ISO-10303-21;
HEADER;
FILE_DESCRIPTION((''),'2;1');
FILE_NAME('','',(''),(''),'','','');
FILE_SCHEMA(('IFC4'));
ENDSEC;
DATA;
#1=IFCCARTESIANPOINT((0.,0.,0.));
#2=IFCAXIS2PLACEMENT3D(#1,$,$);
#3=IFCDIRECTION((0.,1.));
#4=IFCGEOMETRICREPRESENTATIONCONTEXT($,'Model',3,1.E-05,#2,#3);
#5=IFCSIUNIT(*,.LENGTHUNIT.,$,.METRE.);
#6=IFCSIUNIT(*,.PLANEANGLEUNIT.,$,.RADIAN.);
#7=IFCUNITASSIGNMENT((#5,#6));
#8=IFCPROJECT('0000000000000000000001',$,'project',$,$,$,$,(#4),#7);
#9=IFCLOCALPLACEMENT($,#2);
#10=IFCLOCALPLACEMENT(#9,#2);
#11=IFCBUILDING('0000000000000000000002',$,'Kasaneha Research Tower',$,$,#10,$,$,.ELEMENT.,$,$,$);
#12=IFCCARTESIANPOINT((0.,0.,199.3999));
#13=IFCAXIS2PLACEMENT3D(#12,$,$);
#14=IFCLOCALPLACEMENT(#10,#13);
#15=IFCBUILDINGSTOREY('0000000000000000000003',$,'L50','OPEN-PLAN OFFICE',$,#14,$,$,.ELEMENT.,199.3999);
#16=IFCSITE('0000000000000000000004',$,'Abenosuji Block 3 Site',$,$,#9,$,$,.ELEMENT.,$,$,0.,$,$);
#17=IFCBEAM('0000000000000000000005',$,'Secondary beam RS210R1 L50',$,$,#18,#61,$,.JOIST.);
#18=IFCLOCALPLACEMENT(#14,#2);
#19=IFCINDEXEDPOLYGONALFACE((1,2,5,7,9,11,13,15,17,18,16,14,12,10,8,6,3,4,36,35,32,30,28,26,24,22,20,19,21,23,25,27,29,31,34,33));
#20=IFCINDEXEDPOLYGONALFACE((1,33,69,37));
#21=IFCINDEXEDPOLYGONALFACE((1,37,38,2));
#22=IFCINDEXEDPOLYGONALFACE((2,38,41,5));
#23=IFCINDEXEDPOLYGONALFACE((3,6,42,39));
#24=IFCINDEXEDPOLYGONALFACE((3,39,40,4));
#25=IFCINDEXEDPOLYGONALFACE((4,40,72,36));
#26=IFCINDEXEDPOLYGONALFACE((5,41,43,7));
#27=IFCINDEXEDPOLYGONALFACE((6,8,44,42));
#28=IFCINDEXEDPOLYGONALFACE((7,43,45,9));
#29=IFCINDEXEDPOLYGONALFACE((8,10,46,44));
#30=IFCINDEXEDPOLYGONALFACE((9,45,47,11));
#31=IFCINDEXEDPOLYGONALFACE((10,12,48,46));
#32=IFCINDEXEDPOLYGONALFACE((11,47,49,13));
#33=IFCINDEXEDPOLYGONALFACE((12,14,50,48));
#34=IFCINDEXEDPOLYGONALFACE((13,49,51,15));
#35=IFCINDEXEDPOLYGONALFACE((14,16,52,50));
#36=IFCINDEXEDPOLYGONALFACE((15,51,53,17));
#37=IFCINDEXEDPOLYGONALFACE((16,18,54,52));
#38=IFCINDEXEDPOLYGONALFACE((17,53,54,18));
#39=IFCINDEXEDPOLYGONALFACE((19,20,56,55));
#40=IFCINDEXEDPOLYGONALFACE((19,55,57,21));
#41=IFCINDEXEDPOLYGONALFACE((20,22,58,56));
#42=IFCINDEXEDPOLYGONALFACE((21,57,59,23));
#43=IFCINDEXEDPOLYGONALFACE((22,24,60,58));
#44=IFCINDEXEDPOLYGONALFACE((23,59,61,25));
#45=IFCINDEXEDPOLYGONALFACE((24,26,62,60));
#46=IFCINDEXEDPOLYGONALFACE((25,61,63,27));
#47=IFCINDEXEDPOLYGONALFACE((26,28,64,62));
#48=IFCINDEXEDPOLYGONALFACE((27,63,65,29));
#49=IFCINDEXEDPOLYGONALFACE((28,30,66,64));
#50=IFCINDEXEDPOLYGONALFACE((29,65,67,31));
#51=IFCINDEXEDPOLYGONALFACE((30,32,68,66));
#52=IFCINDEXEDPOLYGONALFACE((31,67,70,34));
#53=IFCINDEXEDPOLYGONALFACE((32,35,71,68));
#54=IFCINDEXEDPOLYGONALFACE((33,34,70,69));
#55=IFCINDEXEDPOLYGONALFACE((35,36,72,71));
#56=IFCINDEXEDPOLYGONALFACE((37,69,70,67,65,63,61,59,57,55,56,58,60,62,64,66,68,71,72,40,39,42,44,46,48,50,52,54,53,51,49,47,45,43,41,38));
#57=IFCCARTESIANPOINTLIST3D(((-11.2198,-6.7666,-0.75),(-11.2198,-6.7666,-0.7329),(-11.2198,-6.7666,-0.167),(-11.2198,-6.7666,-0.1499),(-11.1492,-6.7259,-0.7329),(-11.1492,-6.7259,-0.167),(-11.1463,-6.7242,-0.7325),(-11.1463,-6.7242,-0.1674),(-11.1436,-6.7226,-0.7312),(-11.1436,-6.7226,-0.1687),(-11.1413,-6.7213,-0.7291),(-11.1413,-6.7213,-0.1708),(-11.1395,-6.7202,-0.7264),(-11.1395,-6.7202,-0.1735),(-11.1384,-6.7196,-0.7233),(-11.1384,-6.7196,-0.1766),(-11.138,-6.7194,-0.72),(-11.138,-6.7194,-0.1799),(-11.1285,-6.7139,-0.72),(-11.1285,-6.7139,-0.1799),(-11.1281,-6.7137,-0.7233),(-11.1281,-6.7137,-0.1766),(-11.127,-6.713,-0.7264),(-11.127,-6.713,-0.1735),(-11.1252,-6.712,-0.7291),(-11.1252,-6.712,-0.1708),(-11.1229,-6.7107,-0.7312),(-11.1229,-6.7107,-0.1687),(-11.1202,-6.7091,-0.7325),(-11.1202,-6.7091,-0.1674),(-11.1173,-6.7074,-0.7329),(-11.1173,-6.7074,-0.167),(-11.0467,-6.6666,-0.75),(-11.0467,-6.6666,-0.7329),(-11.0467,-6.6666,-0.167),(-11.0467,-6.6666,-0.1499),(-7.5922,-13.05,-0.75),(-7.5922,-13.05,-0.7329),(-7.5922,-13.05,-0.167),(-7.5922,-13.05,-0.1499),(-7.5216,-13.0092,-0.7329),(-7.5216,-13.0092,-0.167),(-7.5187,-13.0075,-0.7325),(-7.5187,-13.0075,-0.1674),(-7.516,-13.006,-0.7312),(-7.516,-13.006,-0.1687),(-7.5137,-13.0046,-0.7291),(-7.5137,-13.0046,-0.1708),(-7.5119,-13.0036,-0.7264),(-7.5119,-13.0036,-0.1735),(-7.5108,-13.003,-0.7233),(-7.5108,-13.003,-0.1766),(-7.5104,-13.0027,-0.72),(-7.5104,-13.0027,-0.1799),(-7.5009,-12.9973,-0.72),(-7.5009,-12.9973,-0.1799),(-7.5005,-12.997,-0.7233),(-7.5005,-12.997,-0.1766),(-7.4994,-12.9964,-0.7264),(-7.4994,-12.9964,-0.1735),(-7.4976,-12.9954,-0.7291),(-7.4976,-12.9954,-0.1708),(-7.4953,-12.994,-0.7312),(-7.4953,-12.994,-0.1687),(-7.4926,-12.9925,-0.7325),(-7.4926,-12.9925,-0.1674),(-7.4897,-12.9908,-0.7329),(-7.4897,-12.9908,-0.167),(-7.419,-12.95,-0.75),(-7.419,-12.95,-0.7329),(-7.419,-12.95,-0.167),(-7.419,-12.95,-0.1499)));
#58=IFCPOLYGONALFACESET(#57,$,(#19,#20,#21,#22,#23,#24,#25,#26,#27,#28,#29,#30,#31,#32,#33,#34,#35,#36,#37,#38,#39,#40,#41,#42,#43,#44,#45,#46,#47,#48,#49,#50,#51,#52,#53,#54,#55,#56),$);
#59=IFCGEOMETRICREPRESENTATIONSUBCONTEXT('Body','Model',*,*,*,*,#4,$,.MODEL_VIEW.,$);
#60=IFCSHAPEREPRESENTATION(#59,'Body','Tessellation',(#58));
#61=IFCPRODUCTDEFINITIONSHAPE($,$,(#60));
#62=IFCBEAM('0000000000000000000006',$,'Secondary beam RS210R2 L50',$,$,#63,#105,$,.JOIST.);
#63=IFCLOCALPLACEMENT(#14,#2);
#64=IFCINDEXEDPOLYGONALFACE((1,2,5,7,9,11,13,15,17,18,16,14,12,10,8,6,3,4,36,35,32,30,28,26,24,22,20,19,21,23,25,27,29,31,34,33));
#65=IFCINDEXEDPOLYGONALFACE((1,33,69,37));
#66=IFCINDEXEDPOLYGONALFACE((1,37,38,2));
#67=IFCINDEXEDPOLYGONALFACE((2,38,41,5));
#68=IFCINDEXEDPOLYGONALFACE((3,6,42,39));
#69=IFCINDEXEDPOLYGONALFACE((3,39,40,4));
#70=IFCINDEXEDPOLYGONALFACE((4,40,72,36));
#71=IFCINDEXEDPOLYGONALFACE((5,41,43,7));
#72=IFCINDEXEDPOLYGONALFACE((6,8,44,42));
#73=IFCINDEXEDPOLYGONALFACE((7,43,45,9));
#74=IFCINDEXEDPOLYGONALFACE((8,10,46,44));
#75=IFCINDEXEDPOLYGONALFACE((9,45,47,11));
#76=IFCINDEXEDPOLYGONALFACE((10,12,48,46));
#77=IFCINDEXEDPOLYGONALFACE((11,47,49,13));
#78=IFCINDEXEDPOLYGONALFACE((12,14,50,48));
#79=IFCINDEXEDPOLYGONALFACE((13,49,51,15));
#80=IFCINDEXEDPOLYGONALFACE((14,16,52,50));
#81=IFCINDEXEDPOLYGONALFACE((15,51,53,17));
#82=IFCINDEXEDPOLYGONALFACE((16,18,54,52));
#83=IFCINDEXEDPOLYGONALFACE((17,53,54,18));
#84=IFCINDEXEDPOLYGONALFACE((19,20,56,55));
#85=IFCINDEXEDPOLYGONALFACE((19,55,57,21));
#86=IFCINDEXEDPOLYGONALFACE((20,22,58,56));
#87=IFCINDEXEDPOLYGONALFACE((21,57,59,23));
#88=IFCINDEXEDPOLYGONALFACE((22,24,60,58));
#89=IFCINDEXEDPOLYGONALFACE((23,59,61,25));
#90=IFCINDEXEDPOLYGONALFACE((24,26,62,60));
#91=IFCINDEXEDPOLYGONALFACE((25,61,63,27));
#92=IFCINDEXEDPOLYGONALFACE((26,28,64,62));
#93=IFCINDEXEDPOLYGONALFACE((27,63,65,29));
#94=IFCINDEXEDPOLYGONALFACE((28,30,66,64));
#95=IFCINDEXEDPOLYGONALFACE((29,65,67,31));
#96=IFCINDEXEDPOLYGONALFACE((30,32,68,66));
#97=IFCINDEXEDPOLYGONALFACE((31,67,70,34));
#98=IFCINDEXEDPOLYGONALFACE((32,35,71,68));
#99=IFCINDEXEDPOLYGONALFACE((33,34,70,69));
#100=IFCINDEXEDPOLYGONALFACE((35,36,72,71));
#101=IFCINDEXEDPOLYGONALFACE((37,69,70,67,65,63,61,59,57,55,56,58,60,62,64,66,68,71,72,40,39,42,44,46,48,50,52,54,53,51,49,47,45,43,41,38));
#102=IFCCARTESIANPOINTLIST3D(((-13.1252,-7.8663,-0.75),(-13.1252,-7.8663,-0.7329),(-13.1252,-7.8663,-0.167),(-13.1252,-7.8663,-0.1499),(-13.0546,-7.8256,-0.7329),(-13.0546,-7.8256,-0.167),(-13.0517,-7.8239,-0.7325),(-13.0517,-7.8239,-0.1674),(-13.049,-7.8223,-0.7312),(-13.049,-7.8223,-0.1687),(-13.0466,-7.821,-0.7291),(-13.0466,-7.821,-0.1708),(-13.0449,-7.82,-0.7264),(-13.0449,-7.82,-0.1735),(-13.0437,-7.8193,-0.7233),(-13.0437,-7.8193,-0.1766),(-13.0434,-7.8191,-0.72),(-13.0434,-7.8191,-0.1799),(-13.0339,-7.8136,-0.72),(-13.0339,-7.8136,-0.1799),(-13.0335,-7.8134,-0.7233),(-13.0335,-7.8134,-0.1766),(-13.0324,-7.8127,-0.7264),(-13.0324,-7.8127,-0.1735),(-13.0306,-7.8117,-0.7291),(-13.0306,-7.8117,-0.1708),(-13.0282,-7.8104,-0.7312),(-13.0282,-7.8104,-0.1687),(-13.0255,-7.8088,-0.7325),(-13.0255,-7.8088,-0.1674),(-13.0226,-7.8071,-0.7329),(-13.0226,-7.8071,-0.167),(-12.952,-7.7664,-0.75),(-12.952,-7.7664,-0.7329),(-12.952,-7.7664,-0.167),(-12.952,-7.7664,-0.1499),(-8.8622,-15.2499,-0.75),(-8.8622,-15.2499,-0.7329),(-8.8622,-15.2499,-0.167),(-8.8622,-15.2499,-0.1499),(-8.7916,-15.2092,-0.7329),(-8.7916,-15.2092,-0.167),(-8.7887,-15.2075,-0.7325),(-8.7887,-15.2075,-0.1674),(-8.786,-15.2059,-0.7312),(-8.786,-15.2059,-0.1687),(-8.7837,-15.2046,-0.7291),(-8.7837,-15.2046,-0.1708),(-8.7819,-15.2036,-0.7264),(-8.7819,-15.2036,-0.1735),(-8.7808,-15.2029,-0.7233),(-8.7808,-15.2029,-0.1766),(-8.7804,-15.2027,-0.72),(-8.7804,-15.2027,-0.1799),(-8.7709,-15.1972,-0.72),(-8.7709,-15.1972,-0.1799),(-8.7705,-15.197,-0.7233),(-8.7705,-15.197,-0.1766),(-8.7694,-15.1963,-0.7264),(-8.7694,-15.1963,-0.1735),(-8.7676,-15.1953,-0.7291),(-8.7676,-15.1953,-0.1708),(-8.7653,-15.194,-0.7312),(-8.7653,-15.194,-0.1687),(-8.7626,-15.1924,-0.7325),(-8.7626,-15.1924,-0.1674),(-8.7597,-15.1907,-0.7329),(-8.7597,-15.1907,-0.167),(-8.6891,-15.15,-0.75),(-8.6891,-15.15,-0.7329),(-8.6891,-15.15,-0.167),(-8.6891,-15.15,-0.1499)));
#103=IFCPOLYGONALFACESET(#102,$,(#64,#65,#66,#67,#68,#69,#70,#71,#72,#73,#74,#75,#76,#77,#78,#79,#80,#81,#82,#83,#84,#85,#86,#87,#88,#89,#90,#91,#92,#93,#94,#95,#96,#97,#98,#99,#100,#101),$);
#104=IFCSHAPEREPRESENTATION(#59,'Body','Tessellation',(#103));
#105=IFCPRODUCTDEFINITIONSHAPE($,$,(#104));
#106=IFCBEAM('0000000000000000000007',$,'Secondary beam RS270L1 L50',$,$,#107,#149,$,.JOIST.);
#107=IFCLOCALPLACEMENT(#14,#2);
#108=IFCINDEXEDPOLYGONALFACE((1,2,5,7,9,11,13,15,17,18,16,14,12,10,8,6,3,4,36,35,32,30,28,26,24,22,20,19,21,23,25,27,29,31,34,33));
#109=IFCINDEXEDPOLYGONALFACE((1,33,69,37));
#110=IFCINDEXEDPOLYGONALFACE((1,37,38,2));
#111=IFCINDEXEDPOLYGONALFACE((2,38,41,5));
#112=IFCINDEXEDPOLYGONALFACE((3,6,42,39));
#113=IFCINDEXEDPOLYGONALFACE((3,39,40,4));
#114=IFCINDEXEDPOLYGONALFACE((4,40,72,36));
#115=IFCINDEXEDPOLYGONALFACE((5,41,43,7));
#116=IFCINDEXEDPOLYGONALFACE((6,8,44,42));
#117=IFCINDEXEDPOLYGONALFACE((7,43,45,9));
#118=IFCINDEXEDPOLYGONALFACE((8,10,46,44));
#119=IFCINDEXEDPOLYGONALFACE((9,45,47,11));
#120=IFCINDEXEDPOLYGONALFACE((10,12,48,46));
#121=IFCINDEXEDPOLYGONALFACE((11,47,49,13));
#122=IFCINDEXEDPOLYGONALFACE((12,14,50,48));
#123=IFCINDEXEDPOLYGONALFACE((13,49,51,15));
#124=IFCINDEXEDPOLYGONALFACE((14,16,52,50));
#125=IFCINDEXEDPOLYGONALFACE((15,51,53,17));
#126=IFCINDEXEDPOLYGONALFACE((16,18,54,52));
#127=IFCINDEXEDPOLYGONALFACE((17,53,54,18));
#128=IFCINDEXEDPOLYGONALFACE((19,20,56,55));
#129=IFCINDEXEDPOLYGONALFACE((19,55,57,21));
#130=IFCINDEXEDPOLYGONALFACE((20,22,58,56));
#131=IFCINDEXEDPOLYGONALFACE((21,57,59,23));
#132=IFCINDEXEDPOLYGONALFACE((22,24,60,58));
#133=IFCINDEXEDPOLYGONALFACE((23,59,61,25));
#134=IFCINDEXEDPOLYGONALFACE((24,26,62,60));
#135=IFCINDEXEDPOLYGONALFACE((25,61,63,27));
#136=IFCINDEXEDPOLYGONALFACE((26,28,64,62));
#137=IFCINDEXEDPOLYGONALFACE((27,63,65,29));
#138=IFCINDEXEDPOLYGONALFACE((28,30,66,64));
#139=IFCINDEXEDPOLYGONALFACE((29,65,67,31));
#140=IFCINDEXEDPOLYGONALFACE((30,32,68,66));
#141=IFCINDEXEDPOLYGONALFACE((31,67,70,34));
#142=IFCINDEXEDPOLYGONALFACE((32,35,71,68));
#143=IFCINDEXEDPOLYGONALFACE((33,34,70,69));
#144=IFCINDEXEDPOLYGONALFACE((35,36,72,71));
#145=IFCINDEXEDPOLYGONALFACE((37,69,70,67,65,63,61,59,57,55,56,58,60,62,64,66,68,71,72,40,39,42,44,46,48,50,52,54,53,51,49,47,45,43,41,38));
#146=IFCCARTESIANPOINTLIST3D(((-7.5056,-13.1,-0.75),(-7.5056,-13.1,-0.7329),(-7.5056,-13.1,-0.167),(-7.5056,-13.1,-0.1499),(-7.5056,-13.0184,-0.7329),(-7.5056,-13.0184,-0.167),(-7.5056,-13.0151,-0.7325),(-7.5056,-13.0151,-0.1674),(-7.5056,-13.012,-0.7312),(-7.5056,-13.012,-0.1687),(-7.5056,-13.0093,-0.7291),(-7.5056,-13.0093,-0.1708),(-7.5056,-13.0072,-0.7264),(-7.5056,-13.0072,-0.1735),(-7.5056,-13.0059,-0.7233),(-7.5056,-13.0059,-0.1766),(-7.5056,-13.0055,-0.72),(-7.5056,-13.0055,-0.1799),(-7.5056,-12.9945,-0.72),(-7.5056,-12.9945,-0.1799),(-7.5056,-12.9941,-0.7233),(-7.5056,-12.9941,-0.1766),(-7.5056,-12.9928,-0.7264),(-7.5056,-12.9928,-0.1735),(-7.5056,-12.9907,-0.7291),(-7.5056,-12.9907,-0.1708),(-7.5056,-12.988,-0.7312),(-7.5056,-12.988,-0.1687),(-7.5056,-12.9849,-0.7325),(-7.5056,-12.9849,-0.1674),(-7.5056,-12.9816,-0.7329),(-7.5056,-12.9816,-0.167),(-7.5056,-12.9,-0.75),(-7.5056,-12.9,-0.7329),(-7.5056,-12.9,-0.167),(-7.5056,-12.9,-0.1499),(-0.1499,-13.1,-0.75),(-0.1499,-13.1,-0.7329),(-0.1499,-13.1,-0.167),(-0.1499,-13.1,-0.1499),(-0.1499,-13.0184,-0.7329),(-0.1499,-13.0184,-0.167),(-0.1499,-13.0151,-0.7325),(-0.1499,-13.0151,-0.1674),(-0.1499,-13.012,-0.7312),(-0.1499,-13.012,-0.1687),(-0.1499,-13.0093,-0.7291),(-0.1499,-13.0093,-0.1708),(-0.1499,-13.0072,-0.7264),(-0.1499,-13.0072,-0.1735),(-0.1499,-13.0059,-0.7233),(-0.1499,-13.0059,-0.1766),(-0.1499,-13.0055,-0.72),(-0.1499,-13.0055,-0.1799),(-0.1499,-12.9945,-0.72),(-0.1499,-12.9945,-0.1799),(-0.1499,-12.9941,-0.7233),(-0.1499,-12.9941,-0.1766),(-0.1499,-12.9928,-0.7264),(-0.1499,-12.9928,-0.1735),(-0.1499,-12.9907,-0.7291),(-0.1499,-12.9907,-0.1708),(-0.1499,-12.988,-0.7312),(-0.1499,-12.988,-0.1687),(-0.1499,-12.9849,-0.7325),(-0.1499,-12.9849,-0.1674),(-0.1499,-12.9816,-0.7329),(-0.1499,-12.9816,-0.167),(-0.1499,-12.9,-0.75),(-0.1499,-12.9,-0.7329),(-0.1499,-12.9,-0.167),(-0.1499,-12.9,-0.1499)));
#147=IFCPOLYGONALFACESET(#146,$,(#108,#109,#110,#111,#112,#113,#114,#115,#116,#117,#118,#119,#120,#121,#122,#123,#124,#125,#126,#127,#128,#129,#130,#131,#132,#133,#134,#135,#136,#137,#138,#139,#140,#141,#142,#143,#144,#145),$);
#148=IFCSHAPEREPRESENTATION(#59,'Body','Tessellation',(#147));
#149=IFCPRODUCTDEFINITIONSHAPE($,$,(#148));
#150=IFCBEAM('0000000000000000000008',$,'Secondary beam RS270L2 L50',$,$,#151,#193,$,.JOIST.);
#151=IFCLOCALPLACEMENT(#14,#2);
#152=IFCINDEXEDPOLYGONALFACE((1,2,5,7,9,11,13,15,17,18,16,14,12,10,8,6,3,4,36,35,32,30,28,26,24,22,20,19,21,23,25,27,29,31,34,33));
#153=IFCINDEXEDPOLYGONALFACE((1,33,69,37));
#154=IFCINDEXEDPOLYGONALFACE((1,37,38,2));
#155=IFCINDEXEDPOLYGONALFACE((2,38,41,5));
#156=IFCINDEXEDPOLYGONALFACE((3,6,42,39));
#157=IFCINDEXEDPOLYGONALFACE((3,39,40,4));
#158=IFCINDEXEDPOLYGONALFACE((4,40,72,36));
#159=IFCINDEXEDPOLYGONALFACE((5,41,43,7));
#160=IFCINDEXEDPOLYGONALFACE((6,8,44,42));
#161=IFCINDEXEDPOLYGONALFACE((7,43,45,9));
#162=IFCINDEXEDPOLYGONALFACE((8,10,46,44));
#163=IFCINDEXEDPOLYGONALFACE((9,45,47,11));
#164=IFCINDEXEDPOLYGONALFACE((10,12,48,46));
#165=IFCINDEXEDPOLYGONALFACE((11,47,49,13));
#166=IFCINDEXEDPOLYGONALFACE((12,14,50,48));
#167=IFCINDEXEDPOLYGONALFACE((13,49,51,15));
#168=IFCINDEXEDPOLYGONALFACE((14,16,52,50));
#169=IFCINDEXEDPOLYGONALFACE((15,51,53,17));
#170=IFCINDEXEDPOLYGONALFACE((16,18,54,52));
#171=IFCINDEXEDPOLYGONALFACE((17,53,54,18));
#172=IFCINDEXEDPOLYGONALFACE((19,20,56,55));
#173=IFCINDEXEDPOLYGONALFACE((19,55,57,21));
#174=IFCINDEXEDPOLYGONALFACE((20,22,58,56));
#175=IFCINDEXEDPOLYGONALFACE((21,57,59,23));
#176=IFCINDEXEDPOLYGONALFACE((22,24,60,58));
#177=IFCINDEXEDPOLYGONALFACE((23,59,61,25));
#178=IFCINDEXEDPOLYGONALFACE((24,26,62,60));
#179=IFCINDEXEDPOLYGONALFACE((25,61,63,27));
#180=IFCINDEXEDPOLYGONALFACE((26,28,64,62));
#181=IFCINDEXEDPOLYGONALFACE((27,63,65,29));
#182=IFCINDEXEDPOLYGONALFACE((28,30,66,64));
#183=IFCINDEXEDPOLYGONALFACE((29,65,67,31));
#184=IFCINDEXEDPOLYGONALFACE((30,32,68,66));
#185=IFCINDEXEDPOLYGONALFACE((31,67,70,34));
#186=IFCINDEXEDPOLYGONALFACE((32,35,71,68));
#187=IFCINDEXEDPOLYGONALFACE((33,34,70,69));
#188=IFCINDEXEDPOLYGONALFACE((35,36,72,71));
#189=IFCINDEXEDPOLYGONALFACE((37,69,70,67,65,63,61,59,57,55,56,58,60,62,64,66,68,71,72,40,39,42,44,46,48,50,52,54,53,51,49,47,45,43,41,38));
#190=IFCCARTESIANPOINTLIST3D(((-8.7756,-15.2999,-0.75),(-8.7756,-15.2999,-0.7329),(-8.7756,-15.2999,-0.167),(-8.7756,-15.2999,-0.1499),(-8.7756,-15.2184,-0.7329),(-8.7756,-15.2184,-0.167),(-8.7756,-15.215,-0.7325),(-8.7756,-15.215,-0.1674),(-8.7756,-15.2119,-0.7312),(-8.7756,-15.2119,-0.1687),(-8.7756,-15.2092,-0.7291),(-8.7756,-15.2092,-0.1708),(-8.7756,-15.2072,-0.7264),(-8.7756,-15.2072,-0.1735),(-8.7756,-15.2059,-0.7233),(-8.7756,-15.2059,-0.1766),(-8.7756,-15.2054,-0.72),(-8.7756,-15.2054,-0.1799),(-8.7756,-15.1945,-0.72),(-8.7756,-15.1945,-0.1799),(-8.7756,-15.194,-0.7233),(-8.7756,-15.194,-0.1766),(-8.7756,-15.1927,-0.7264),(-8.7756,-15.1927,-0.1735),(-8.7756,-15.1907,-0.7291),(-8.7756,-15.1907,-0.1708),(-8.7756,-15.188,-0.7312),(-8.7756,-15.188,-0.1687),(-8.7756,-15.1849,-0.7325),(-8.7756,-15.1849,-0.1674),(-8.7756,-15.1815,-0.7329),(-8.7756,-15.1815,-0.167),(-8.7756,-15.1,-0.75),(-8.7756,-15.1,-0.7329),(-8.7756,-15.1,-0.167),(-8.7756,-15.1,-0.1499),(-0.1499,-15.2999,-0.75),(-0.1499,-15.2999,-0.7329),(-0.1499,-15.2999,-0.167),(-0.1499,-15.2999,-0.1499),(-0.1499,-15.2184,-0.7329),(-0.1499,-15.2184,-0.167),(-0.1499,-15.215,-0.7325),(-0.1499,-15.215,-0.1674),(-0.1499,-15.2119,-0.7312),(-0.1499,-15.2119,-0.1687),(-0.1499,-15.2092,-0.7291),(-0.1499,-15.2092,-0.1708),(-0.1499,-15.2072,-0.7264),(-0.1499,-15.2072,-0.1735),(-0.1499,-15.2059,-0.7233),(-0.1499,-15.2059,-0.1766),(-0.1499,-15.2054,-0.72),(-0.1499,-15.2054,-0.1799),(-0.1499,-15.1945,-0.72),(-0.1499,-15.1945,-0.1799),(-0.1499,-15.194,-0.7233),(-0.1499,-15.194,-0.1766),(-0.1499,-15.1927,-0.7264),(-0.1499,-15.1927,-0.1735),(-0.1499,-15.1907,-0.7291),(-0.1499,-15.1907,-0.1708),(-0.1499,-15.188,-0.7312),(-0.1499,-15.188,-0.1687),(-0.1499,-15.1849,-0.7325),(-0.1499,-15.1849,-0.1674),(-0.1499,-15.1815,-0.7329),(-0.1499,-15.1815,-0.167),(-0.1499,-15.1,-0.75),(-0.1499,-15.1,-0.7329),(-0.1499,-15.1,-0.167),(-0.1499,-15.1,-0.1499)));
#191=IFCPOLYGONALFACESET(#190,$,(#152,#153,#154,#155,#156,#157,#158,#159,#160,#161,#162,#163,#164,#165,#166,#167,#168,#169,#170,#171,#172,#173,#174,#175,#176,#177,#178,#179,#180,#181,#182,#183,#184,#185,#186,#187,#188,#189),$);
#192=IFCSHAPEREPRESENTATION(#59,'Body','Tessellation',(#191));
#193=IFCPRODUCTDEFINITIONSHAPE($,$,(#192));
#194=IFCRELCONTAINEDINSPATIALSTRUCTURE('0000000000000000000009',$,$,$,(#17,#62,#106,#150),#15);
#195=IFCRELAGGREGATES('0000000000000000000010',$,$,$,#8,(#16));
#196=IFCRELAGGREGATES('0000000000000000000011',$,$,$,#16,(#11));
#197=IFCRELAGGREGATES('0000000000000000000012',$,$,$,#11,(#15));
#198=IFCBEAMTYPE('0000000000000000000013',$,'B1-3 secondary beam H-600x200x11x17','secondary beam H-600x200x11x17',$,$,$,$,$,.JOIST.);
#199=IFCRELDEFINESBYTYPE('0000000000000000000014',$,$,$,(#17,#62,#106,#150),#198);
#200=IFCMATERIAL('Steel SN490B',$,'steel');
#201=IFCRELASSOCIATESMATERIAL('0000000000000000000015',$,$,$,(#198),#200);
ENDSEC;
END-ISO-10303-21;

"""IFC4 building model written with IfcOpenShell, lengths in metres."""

from ifc_helpers import new_model, si_unit, direction, frame, origin, origin_2d, place, context, subcontext, project, spatial, i_section, extrude, material, material_profile, profile_set, type_object, element, save


model = new_model("IFC4")

# Units and contexts
model_context = context("Model", 3, precision=1e-05, world=origin(), true_north=direction((0.0, 1.0)))
body_context = subcontext(model_context, "Body", "Model", "MODEL_VIEW")
ifc_project = project(units=[si_unit("LENGTHUNIT", "METRE"), si_unit("PLANEANGLEUNIT", "RADIAN")], contexts=[model_context])

# Site, building, storey
site_placement = place(None, origin())
site = spatial("IfcSite", under=ifc_project, at=site_placement, Name="Abenosuji Block 3 Site", CompositionType="ELEMENT", RefElevation=0.0)
building_placement = place(site_placement, origin())
building = spatial("IfcBuilding", under=site, at=building_placement, Name="Kasaneha Research Tower", CompositionType="ELEMENT")
storey_placement = place(building_placement, frame((0.0, 0.0, 199.3999)))
storey = spatial("IfcBuildingStorey", under=building, at=storey_placement, Name="L50", Description="OPEN-PLAN OFFICE", CompositionType="ELEMENT", Elevation=199.3999)

# Beams
ifc_material_1 = material(Name="Steel SN490B", Category="steel")
ifc_material_profile_1 = material_profile(ifc_material_1, i_section(OverallWidth=0.2, OverallDepth=0.6001, WebThickness=0.011, FlangeThickness=0.0171, FilletRadius=0.0129, at=origin_2d()), Name="H-600x200x11x17")
ifc_profile_set_1 = profile_set([ifc_material_profile_1], Name="Steel SN490B")
beam_type = type_object("IfcBeamType", Name="B1-3 secondary beam H-600x200x11x17", Description="secondary beam H-600x200x11x17", PredefinedType="JOIST", material=ifc_profile_set_1)
beam_1_placement = place(storey_placement, frame((-7.5056, -13.0, -0.45), z_axis=(-0.499993, 0.866029, 0.0), x_axis=(-0.866029, -0.499993, 0.0)))
element("IfcBeam", 1, at=beam_1_placement, inside=storey, type_object=beam_type, Name="Secondary beam RS210R1 L50", PredefinedType="JOIST", context=body_context, shape_type="SweptSolid", body=[
    extrude(i_section(OverallWidth=0.2, OverallDepth=0.6001, WebThickness=0.011, FlangeThickness=0.0171, FilletRadius=0.0129, at=origin_2d()), origin(), (0.0, 0.0, 1.0), 7.2554),
])
beam_2_placement = place(storey_placement, frame((-8.7756, -15.2, -0.45), z_axis=(-0.500004, 0.866023, 0.0), x_axis=(-0.866023, -0.500004, 0.0)))
element("IfcBeam", 2, at=beam_2_placement, inside=storey, type_object=beam_type, Name="Secondary beam RS210R2 L50", PredefinedType="JOIST", context=body_context, shape_type="SweptSolid", body=[
    extrude(i_section(OverallWidth=0.2, OverallDepth=0.6001, WebThickness=0.011, FlangeThickness=0.0171, FilletRadius=0.0129, at=origin_2d()), origin(), (0.0, 0.0, 1.0), 8.5259),
])
beam_3_placement = place(storey_placement, frame((-7.5056, -13.0, -0.45), z_axis=(1.0, 0.0, 0.0), x_axis=(0.0, 1.0, 0.0)))
element("IfcBeam", 3, at=beam_3_placement, inside=storey, type_object=beam_type, Name="Secondary beam RS270L1 L50", PredefinedType="JOIST", context=body_context, shape_type="SweptSolid", body=[
    extrude(i_section(OverallWidth=0.2, OverallDepth=0.6001, WebThickness=0.011, FlangeThickness=0.0171, FilletRadius=0.0129, at=origin_2d()), origin(), (0.0, 0.0, 1.0), 7.3557),
])
beam_4_placement = place(storey_placement, frame((-8.7756, -15.2, -0.45), z_axis=(1.0, 0.0, 0.0), x_axis=(0.0, 1.0, 0.0)))
element("IfcBeam", 4, at=beam_4_placement, inside=storey, type_object=beam_type, Name="Secondary beam RS270L2 L50", PredefinedType="JOIST", context=body_context, shape_type="SweptSolid", body=[
    extrude(i_section(OverallWidth=0.2, OverallDepth=0.6001, WebThickness=0.011, FlangeThickness=0.0171, FilletRadius=0.0129, at=origin_2d()), origin(), (0.0, 0.0, 1.0), 8.6257),
])

save(model, "model.ifc")
